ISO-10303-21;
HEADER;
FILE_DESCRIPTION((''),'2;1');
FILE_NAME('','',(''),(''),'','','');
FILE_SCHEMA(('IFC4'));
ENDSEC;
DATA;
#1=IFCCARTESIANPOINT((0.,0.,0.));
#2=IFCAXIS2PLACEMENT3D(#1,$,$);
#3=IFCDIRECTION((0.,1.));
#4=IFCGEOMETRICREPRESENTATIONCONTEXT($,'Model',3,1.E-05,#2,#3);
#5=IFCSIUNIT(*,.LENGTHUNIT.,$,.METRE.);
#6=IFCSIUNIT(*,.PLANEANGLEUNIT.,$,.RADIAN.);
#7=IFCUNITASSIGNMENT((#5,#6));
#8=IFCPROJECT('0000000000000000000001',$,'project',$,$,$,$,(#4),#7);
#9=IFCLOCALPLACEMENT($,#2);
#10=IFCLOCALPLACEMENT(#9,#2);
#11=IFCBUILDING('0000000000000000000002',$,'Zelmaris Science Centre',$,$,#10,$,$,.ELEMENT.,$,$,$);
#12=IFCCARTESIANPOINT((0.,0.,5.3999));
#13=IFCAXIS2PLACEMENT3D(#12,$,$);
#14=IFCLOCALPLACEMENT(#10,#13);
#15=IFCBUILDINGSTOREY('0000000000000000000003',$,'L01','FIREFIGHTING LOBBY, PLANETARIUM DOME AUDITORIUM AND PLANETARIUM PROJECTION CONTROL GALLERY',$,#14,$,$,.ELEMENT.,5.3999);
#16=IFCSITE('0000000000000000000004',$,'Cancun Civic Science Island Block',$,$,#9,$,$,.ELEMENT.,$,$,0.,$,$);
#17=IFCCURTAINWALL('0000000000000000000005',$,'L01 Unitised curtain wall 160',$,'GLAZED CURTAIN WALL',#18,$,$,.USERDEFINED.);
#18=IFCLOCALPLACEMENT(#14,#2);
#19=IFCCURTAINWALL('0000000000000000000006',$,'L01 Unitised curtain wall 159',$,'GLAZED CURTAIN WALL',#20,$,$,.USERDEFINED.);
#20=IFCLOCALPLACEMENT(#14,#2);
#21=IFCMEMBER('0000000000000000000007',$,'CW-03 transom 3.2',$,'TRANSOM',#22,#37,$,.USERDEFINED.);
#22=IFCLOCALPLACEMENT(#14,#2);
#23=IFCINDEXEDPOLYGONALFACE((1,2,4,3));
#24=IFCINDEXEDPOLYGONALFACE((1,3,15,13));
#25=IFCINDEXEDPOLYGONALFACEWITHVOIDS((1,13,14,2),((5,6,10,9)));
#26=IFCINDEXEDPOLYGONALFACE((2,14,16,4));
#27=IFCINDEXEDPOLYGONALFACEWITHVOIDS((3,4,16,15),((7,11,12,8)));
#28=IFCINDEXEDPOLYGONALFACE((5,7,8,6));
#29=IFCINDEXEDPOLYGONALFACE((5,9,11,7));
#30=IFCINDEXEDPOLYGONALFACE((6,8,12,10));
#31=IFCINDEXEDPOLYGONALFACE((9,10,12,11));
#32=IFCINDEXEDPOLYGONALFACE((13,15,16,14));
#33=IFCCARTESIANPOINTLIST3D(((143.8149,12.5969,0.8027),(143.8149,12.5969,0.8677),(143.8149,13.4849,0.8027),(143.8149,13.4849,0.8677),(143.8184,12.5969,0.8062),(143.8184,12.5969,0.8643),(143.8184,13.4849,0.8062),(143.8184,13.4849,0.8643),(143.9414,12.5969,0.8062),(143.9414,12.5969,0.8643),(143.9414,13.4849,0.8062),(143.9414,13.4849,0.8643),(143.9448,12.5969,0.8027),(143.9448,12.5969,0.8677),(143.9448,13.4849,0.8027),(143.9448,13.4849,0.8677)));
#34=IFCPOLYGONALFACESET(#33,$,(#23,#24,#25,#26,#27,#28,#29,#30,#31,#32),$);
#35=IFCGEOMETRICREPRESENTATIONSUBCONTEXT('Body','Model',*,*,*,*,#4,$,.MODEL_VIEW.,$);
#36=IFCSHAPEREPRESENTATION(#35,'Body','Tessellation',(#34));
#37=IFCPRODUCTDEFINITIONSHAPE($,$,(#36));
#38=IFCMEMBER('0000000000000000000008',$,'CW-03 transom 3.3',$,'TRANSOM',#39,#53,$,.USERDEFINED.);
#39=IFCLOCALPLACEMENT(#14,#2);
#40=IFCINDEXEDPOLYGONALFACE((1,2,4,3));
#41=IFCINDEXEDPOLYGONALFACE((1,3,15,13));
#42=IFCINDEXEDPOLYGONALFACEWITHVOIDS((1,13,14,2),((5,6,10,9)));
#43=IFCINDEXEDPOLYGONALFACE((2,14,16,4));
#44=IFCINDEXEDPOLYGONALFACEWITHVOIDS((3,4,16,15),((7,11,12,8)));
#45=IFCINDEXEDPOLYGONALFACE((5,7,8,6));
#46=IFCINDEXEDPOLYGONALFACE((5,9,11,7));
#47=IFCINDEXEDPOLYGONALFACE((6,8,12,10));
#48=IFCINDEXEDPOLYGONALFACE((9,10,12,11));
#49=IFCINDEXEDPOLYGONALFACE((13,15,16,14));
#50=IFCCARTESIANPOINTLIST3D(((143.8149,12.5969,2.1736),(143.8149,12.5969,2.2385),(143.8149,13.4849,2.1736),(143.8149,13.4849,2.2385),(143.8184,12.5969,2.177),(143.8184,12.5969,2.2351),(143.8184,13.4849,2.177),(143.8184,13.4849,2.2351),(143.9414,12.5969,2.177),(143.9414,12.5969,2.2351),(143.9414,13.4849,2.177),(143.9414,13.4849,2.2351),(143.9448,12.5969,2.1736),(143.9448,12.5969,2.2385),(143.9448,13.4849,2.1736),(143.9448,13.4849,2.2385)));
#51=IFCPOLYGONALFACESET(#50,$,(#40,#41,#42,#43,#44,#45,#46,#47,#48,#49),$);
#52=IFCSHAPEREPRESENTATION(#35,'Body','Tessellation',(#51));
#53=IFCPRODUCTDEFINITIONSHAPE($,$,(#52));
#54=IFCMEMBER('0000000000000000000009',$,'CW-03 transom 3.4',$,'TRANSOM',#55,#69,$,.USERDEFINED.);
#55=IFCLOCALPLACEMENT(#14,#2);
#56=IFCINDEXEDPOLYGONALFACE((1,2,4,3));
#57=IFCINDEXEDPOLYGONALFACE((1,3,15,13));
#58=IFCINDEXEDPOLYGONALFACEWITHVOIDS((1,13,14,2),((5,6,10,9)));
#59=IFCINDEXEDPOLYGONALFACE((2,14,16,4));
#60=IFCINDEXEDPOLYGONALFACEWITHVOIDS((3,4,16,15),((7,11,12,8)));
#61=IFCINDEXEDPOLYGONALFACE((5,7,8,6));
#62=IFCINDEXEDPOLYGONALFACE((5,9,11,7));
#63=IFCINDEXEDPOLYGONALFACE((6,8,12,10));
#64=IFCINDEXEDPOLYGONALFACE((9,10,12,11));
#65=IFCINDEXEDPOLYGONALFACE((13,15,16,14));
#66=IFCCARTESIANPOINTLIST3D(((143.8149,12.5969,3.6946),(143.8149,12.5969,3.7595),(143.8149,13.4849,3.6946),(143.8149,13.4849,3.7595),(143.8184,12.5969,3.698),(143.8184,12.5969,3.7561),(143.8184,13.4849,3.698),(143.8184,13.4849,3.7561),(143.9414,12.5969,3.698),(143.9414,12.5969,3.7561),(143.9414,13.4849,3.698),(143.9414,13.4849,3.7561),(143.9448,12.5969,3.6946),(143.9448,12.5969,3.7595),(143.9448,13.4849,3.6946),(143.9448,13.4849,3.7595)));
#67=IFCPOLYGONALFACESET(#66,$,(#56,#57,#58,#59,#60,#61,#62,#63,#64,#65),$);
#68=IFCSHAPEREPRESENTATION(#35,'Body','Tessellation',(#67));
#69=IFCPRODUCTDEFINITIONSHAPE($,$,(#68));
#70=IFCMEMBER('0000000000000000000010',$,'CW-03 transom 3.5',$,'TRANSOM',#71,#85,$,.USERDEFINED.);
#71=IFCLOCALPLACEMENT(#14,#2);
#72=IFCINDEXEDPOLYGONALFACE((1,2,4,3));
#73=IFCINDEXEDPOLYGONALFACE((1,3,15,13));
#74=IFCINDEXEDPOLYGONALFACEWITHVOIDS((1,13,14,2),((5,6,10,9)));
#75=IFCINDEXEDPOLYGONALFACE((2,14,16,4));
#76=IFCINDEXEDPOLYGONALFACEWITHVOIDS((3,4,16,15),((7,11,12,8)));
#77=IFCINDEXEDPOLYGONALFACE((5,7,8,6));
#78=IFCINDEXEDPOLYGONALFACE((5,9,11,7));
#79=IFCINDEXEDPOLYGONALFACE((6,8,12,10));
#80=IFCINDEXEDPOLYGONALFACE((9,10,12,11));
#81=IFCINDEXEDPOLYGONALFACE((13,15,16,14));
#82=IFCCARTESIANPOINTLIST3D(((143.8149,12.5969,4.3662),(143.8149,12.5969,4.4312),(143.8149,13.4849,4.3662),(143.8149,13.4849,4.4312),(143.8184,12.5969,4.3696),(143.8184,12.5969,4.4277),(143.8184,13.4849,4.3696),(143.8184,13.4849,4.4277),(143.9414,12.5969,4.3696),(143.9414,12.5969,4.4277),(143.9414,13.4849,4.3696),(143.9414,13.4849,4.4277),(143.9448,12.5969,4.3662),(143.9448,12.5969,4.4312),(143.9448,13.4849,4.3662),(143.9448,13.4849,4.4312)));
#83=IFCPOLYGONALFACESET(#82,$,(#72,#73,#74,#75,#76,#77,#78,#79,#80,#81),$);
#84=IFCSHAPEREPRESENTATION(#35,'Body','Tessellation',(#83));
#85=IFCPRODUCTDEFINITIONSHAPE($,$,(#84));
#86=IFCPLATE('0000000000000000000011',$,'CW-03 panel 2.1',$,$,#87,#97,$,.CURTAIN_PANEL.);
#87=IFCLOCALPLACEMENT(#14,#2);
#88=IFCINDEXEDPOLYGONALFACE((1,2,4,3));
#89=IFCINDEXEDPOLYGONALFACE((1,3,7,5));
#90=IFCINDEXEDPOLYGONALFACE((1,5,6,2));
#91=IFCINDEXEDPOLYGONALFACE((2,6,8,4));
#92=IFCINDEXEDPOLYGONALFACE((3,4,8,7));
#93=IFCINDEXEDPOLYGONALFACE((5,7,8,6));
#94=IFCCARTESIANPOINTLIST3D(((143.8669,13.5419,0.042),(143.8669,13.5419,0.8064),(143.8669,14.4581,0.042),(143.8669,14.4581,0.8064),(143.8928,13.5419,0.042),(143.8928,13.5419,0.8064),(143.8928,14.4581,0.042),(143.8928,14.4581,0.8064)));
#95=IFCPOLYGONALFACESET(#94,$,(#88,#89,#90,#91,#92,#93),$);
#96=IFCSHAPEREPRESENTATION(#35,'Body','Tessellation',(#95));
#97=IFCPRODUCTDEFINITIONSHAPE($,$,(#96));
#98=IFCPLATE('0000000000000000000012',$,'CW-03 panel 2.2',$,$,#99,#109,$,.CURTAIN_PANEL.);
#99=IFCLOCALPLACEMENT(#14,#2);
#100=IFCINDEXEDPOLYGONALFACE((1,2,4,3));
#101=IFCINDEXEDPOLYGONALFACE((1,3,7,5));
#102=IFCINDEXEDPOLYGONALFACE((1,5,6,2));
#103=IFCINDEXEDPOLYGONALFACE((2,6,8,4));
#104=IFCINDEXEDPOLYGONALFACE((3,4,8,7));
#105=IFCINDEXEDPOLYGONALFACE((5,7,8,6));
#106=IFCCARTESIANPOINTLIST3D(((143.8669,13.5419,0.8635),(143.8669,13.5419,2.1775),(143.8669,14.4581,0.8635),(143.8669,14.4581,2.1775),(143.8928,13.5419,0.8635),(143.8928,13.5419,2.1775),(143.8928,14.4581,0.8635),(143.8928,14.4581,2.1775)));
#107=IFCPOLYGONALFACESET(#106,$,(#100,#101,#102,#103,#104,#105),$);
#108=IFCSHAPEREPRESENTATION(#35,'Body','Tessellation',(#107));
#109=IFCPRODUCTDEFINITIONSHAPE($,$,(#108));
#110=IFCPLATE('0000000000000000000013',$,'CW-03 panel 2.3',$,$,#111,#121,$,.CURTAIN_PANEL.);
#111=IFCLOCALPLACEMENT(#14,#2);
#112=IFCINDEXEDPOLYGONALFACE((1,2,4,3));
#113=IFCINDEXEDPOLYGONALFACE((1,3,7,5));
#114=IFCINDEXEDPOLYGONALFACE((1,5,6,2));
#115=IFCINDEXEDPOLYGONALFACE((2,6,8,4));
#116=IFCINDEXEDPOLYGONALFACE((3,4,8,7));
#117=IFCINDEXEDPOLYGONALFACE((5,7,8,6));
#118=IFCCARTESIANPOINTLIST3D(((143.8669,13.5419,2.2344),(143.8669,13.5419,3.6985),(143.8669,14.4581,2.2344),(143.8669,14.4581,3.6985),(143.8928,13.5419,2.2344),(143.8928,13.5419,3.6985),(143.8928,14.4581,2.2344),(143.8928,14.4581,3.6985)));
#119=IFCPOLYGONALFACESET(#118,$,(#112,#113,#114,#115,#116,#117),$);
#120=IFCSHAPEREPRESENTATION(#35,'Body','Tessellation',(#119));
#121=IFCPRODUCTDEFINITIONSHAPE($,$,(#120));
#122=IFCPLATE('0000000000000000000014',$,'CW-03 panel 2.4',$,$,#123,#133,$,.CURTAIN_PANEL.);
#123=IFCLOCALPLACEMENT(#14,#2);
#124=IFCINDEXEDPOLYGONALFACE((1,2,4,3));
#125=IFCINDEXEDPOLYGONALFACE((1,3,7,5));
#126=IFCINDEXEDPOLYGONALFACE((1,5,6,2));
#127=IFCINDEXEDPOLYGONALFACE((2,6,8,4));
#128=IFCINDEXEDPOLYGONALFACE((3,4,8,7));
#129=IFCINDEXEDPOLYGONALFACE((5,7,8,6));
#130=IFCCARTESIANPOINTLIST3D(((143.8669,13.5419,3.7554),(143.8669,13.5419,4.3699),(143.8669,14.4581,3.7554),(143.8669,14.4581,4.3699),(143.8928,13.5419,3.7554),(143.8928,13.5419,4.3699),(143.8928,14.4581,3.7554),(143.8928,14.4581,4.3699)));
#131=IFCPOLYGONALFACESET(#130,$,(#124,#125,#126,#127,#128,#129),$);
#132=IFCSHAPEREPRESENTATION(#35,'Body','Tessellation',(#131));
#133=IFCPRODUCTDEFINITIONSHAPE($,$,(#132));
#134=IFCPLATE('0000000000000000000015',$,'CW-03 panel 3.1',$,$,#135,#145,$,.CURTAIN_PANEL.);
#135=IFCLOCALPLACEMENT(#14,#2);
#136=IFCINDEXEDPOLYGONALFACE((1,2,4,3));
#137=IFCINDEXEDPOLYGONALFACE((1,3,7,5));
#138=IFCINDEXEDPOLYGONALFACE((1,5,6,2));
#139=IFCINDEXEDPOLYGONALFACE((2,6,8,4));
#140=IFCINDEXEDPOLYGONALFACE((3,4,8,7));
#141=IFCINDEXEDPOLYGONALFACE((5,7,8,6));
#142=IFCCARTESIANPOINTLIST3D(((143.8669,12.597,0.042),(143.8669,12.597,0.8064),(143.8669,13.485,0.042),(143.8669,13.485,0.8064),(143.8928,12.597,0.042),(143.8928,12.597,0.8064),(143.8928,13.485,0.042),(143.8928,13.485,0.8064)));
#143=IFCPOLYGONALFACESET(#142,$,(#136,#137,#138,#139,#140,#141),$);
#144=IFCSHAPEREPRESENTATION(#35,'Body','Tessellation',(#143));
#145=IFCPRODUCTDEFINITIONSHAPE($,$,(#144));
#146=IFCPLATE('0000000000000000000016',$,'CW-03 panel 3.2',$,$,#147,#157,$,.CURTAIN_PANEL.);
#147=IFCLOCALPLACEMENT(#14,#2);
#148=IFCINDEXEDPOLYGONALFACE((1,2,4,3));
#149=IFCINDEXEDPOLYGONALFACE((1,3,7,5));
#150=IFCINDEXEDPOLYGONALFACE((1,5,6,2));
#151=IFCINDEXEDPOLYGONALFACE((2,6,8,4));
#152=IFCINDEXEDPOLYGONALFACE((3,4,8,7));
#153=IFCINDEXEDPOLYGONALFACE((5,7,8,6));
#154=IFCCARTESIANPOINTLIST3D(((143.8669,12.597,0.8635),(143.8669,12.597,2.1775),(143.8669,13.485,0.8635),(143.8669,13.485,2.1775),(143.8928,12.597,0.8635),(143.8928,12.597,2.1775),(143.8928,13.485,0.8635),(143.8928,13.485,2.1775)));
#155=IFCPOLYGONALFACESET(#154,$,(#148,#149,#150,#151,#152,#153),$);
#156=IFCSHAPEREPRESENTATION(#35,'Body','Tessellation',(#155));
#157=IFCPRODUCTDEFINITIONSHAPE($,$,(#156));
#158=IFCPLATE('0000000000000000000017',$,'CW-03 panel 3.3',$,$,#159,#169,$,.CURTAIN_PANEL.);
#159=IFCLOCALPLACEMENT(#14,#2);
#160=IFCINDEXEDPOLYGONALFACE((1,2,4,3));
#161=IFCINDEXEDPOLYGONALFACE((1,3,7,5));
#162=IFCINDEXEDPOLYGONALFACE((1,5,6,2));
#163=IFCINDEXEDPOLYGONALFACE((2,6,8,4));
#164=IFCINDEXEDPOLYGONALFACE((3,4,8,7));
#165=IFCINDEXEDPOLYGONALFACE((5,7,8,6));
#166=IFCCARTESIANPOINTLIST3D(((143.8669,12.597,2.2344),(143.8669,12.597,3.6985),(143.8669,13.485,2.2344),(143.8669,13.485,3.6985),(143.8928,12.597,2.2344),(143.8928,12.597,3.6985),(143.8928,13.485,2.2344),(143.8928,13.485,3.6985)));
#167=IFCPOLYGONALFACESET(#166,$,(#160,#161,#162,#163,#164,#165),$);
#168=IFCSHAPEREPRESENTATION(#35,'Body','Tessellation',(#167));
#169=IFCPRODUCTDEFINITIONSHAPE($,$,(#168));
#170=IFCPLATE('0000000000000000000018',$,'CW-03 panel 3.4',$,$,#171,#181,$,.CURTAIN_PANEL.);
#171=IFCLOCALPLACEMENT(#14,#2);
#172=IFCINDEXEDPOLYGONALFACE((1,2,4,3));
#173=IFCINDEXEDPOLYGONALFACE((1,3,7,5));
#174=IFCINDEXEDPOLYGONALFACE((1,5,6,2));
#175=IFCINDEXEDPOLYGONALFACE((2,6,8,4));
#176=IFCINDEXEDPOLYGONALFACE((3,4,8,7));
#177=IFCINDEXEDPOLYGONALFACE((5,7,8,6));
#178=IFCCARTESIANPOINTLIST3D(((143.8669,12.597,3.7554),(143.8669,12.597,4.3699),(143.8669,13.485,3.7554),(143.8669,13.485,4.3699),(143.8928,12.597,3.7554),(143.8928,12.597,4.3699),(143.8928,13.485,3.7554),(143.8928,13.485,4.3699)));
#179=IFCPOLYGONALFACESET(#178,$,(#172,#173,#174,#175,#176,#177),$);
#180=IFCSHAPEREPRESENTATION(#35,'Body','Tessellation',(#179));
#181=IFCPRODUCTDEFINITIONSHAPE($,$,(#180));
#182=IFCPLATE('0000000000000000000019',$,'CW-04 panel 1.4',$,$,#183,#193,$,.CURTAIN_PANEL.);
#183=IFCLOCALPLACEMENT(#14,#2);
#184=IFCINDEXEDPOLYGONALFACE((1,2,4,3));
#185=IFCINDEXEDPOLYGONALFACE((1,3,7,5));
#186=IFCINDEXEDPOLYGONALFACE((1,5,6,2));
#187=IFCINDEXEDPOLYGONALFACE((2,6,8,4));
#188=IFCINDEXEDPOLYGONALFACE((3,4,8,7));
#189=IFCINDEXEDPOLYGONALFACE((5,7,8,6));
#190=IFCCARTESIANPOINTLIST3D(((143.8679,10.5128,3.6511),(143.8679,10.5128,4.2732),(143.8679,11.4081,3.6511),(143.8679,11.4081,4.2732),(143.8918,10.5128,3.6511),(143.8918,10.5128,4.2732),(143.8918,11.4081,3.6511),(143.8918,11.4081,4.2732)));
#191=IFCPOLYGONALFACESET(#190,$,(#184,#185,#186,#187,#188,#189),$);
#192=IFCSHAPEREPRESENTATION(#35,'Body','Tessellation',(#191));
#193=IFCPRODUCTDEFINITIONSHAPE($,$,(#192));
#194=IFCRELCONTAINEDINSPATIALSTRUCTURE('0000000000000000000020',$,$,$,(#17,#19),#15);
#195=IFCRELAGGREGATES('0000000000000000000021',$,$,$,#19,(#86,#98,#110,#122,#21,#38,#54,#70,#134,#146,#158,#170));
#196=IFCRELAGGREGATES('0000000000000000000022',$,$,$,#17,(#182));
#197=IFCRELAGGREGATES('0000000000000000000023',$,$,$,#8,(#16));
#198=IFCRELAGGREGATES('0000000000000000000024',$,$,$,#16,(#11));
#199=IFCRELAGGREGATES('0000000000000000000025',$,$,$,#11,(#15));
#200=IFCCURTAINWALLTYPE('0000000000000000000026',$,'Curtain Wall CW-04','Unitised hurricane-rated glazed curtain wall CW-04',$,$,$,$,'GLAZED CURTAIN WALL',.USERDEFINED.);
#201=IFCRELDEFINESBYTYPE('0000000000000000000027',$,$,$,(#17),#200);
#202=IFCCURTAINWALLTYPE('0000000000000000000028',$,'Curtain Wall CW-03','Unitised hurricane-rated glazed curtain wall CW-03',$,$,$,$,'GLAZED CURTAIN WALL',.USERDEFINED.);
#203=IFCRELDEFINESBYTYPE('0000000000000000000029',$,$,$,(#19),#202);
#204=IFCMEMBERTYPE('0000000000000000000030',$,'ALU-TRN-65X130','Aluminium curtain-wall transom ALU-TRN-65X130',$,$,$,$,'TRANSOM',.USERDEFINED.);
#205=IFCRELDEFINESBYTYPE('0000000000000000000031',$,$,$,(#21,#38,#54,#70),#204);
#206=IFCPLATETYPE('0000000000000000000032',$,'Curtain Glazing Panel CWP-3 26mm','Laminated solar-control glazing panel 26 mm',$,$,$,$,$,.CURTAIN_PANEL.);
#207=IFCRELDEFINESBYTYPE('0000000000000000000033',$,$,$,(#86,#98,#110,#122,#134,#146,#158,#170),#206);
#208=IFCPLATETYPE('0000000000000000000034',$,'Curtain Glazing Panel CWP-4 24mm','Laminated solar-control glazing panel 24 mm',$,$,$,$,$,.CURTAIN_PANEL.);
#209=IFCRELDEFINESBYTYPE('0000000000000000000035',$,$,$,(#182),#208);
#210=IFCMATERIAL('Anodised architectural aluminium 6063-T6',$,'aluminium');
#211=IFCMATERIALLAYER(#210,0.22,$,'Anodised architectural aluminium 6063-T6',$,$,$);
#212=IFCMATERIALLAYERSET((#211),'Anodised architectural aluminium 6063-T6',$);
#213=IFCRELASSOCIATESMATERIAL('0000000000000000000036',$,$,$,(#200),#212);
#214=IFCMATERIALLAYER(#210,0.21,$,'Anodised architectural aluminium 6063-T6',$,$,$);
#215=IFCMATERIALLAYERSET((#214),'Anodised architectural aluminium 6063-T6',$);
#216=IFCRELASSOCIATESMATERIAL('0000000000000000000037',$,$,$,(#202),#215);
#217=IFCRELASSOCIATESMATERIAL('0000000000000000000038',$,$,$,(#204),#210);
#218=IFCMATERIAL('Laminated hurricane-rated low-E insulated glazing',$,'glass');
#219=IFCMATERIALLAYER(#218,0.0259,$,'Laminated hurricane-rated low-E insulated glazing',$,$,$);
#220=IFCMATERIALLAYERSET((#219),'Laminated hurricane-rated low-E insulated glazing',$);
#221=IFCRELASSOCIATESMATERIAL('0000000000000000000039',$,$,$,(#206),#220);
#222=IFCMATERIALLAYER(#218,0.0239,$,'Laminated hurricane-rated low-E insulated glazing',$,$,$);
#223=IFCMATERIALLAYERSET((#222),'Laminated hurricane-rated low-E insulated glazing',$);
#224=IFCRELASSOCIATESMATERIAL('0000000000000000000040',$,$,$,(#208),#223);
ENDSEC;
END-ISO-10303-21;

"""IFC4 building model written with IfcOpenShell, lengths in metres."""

from ifc_helpers import new_model, si_unit, direction, frame, origin, origin_2d, place, context, subcontext, project, spatial, rectangle, hollow_rectangle, extrude, material, layer, layer_set, material_profile, profile_set, type_object, element, aggregate, save


model = new_model("IFC4")

# Units and contexts
model_context = context("Model", 3, precision=1e-05, world=origin(), true_north=direction((0.0, 1.0)))
body_context = subcontext(model_context, "Body", "Model", "MODEL_VIEW")
ifc_project = project(units=[si_unit("LENGTHUNIT", "METRE"), si_unit("PLANEANGLEUNIT", "RADIAN")], contexts=[model_context])

# Site, building, storey
site_placement = place(None, origin())
site = spatial("IfcSite", under=ifc_project, at=site_placement, Name="Cancun Civic Science Island Block", CompositionType="ELEMENT", RefElevation=0.0)
building_placement = place(site_placement, origin())
building = spatial("IfcBuilding", under=site, at=building_placement, Name="Zelmaris Science Centre", CompositionType="ELEMENT")
storey_placement = place(building_placement, frame((0.0, 0.0, 5.3999)))
storey = spatial("IfcBuildingStorey", under=building, at=storey_placement, Name="L01", Description="FIREFIGHTING LOBBY, PLANETARIUM DOME AUDITORIUM AND PLANETARIUM PROJECTION CONTROL GALLERY", CompositionType="ELEMENT", Elevation=5.3999)

# Curtain wall
ifc_material_1 = material(Name="Anodised architectural aluminium 6063-T6", Category="aluminium")
ifc_layer_1 = layer(ifc_material_1, 0.22, Name="Anodised architectural aluminium 6063-T6")
ifc_layer_set_1 = layer_set([ifc_layer_1], Name="Anodised architectural aluminium 6063-T6")
curtain_wall_type_1 = type_object("IfcCurtainWallType", Name="Curtain Wall CW-04", Description="Unitised hurricane-rated glazed curtain wall CW-04", ElementType="GLAZED CURTAIN WALL", PredefinedType="USERDEFINED", material=ifc_layer_set_1)
curtain_wall_1_placement = place(storey_placement, origin())
curtain_wall_1 = element("IfcCurtainWall", 1, at=curtain_wall_1_placement, inside=storey, type_object=curtain_wall_type_1, Name="L01 Unitised curtain wall 160", ObjectType="GLAZED CURTAIN WALL", PredefinedType="USERDEFINED")

# Curtain wall
ifc_layer_2 = layer(ifc_material_1, 0.21, Name="Anodised architectural aluminium 6063-T6")
ifc_layer_set_2 = layer_set([ifc_layer_2], Name="Anodised architectural aluminium 6063-T6")
curtain_wall_type_2 = type_object("IfcCurtainWallType", Name="Curtain Wall CW-03", Description="Unitised hurricane-rated glazed curtain wall CW-03", ElementType="GLAZED CURTAIN WALL", PredefinedType="USERDEFINED", material=ifc_layer_set_2)
curtain_wall_2_placement = place(storey_placement, origin())
curtain_wall_2 = element("IfcCurtainWall", 2, at=curtain_wall_2_placement, inside=storey, type_object=curtain_wall_type_2, Name="L01 Unitised curtain wall 159", ObjectType="GLAZED CURTAIN WALL", PredefinedType="USERDEFINED")

# Members
ifc_material_profile_1 = material_profile(ifc_material_1, hollow_rectangle(XDim=0.0649, YDim=0.1299, WallThickness=0.0034, at=origin_2d()), Name="ALU-TRN-65X130")
ifc_profile_set_1 = profile_set([ifc_material_profile_1], Name="Anodised architectural aluminium 6063-T6")
member_type_1 = type_object("IfcMemberType", Name="ALU-TRN-65X130", Description="Aluminium curtain-wall transom ALU-TRN-65X130", ElementType="TRANSOM", PredefinedType="USERDEFINED", material=ifc_profile_set_1)
member_1_placement = place(storey_placement, frame((143.8799, 13.4849, 0.8352), z_axis=(0.0, -1.0, 0.0), x_axis=(0.0, 0.0, 1.0)))
member_1 = element("IfcMember", 3, at=member_1_placement, type_object=member_type_1, Name="CW-03 transom 3.2", ObjectType="TRANSOM", PredefinedType="USERDEFINED", context=body_context, shape_type="SweptSolid", body=[
    extrude(hollow_rectangle(XDim=0.0649, YDim=0.1299, WallThickness=0.0034, at=origin_2d()), origin(), (0.0, 0.0, 1.0), 0.8879),
])
member_2_placement = place(storey_placement, frame((143.8799, 13.4849, 2.2061), z_axis=(0.0, -1.0, 0.0), x_axis=(0.0, 0.0, 1.0)))
member_2 = element("IfcMember", 4, at=member_2_placement, type_object=member_type_1, Name="CW-03 transom 3.3", ObjectType="TRANSOM", PredefinedType="USERDEFINED", context=body_context, shape_type="SweptSolid", body=[
    extrude(hollow_rectangle(XDim=0.0649, YDim=0.1299, WallThickness=0.0034, at=origin_2d()), origin(), (0.0, 0.0, 1.0), 0.8879),
])
member_3_placement = place(storey_placement, frame((143.8799, 13.4849, 3.7271), z_axis=(0.0, -1.0, 0.0), x_axis=(0.0, 0.0, 1.0)))
member_3 = element("IfcMember", 5, at=member_3_placement, type_object=member_type_1, Name="CW-03 transom 3.4", ObjectType="TRANSOM", PredefinedType="USERDEFINED", context=body_context, shape_type="SweptSolid", body=[
    extrude(hollow_rectangle(XDim=0.0649, YDim=0.1299, WallThickness=0.0034, at=origin_2d()), origin(), (0.0, 0.0, 1.0), 0.8879),
])
member_4_placement = place(storey_placement, frame((143.8799, 13.4849, 4.3987), z_axis=(0.0, -1.0, 0.0), x_axis=(0.0, 0.0, 1.0)))
member_4 = element("IfcMember", 6, at=member_4_placement, type_object=member_type_1, Name="CW-03 transom 3.5", ObjectType="TRANSOM", PredefinedType="USERDEFINED", context=body_context, shape_type="SweptSolid", body=[
    extrude(hollow_rectangle(XDim=0.0649, YDim=0.1299, WallThickness=0.0034, at=origin_2d()), origin(), (0.0, 0.0, 1.0), 0.8879),
])

# Plates
ifc_material_2 = material(Name="Laminated hurricane-rated low-E insulated glazing", Category="glass")
ifc_layer_3 = layer(ifc_material_2, 0.0259, Name="Laminated hurricane-rated low-E insulated glazing")
ifc_layer_set_3 = layer_set([ifc_layer_3], Name="Laminated hurricane-rated low-E insulated glazing")
plate_type_1 = type_object("IfcPlateType", Name="Curtain Glazing Panel CWP-3 26mm", Description="Laminated solar-control glazing panel 26 mm", PredefinedType="CURTAIN_PANEL", material=ifc_layer_set_3)
plate_1_placement = place(storey_placement, frame((143.8799, 14.0, 0.042), z_axis=(0.0, 0.0, 1.0), x_axis=(0.0, -1.0, 0.0)))
plate_1 = element("IfcPlate", 7, at=plate_1_placement, type_object=plate_type_1, Name="CW-03 panel 2.1", PredefinedType="CURTAIN_PANEL", context=body_context, shape_type="SweptSolid", body=[
    extrude(rectangle(XDim=0.9163, YDim=0.0259, at=origin_2d()), origin(), (0.0, 0.0, 1.0), 0.7644),
])
plate_2_placement = place(storey_placement, frame((143.8799, 14.0, 0.8635), z_axis=(0.0, 0.0, 1.0), x_axis=(0.0, -1.0, 0.0)))
plate_2 = element("IfcPlate", 8, at=plate_2_placement, type_object=plate_type_1, Name="CW-03 panel 2.2", PredefinedType="CURTAIN_PANEL", context=body_context, shape_type="SweptSolid", body=[
    extrude(rectangle(XDim=0.9163, YDim=0.0259, at=origin_2d()), origin(), (0.0, 0.0, 1.0), 1.314),
])
plate_3_placement = place(storey_placement, frame((143.8799, 14.0, 2.2344), z_axis=(0.0, 0.0, 1.0), x_axis=(0.0, -1.0, 0.0)))
plate_3 = element("IfcPlate", 9, at=plate_3_placement, type_object=plate_type_1, Name="CW-03 panel 2.3", PredefinedType="CURTAIN_PANEL", context=body_context, shape_type="SweptSolid", body=[
    extrude(rectangle(XDim=0.9163, YDim=0.0259, at=origin_2d()), origin(), (0.0, 0.0, 1.0), 1.4641),
])
plate_4_placement = place(storey_placement, frame((143.8799, 14.0, 3.7554), z_axis=(0.0, 0.0, 1.0), x_axis=(0.0, -1.0, 0.0)))
plate_4 = element("IfcPlate", 10, at=plate_4_placement, type_object=plate_type_1, Name="CW-03 panel 2.4", PredefinedType="CURTAIN_PANEL", context=body_context, shape_type="SweptSolid", body=[
    extrude(rectangle(XDim=0.9163, YDim=0.0259, at=origin_2d()), origin(), (0.0, 0.0, 1.0), 0.6145),
])
plate_5_placement = place(storey_placement, frame((143.8799, 13.041, 0.042), z_axis=(0.0, 0.0, 1.0), x_axis=(0.0, -1.0, 0.0)))
plate_5 = element("IfcPlate", 11, at=plate_5_placement, type_object=plate_type_1, Name="CW-03 panel 3.1", PredefinedType="CURTAIN_PANEL", context=body_context, shape_type="SweptSolid", body=[
    extrude(rectangle(XDim=0.8879, YDim=0.0259, at=origin_2d()), origin(), (0.0, 0.0, 1.0), 0.7644),
])
plate_6_placement = place(storey_placement, frame((143.8799, 13.041, 0.8635), z_axis=(0.0, 0.0, 1.0), x_axis=(0.0, -1.0, 0.0)))
plate_6 = element("IfcPlate", 12, at=plate_6_placement, type_object=plate_type_1, Name="CW-03 panel 3.2", PredefinedType="CURTAIN_PANEL", context=body_context, shape_type="SweptSolid", body=[
    extrude(rectangle(XDim=0.8879, YDim=0.0259, at=origin_2d()), origin(), (0.0, 0.0, 1.0), 1.314),
])
plate_7_placement = place(storey_placement, frame((143.8799, 13.041, 2.2344), z_axis=(0.0, 0.0, 1.0), x_axis=(0.0, -1.0, 0.0)))
plate_7 = element("IfcPlate", 13, at=plate_7_placement, type_object=plate_type_1, Name="CW-03 panel 3.3", PredefinedType="CURTAIN_PANEL", context=body_context, shape_type="SweptSolid", body=[
    extrude(rectangle(XDim=0.8879, YDim=0.0259, at=origin_2d()), origin(), (0.0, 0.0, 1.0), 1.4641),
])
plate_8_placement = place(storey_placement, frame((143.8799, 13.041, 3.7554), z_axis=(0.0, 0.0, 1.0), x_axis=(0.0, -1.0, 0.0)))
plate_8 = element("IfcPlate", 14, at=plate_8_placement, type_object=plate_type_1, Name="CW-03 panel 3.4", PredefinedType="CURTAIN_PANEL", context=body_context, shape_type="SweptSolid", body=[
    extrude(rectangle(XDim=0.8879, YDim=0.0259, at=origin_2d()), origin(), (0.0, 0.0, 1.0), 0.6145),
])
aggregate(curtain_wall_2, [plate_1, plate_2, plate_3, plate_4, member_1, member_2, member_3, member_4, plate_5, plate_6, plate_7, plate_8])
ifc_layer_4 = layer(ifc_material_2, 0.0239, Name="Laminated hurricane-rated low-E insulated glazing")
ifc_layer_set_4 = layer_set([ifc_layer_4], Name="Laminated hurricane-rated low-E insulated glazing")
plate_type_2 = type_object("IfcPlateType", Name="Curtain Glazing Panel CWP-4 24mm", Description="Laminated solar-control glazing panel 24 mm", PredefinedType="CURTAIN_PANEL", material=ifc_layer_set_4)
plate_9_placement = place(storey_placement, frame((143.8799, 10.9604, 3.6511), z_axis=(0.0, 0.0, 1.0), x_axis=(0.0, -1.0, 0.0)))
plate_9 = element("IfcPlate", 15, at=plate_9_placement, type_object=plate_type_2, Name="CW-04 panel 1.4", PredefinedType="CURTAIN_PANEL", context=body_context, shape_type="SweptSolid", body=[
    extrude(rectangle(XDim=0.8953, YDim=0.0239, at=origin_2d()), origin(), (0.0, 0.0, 1.0), 0.6221),
])
aggregate(curtain_wall_1, [plate_9])

save(model, "model.ifc")
